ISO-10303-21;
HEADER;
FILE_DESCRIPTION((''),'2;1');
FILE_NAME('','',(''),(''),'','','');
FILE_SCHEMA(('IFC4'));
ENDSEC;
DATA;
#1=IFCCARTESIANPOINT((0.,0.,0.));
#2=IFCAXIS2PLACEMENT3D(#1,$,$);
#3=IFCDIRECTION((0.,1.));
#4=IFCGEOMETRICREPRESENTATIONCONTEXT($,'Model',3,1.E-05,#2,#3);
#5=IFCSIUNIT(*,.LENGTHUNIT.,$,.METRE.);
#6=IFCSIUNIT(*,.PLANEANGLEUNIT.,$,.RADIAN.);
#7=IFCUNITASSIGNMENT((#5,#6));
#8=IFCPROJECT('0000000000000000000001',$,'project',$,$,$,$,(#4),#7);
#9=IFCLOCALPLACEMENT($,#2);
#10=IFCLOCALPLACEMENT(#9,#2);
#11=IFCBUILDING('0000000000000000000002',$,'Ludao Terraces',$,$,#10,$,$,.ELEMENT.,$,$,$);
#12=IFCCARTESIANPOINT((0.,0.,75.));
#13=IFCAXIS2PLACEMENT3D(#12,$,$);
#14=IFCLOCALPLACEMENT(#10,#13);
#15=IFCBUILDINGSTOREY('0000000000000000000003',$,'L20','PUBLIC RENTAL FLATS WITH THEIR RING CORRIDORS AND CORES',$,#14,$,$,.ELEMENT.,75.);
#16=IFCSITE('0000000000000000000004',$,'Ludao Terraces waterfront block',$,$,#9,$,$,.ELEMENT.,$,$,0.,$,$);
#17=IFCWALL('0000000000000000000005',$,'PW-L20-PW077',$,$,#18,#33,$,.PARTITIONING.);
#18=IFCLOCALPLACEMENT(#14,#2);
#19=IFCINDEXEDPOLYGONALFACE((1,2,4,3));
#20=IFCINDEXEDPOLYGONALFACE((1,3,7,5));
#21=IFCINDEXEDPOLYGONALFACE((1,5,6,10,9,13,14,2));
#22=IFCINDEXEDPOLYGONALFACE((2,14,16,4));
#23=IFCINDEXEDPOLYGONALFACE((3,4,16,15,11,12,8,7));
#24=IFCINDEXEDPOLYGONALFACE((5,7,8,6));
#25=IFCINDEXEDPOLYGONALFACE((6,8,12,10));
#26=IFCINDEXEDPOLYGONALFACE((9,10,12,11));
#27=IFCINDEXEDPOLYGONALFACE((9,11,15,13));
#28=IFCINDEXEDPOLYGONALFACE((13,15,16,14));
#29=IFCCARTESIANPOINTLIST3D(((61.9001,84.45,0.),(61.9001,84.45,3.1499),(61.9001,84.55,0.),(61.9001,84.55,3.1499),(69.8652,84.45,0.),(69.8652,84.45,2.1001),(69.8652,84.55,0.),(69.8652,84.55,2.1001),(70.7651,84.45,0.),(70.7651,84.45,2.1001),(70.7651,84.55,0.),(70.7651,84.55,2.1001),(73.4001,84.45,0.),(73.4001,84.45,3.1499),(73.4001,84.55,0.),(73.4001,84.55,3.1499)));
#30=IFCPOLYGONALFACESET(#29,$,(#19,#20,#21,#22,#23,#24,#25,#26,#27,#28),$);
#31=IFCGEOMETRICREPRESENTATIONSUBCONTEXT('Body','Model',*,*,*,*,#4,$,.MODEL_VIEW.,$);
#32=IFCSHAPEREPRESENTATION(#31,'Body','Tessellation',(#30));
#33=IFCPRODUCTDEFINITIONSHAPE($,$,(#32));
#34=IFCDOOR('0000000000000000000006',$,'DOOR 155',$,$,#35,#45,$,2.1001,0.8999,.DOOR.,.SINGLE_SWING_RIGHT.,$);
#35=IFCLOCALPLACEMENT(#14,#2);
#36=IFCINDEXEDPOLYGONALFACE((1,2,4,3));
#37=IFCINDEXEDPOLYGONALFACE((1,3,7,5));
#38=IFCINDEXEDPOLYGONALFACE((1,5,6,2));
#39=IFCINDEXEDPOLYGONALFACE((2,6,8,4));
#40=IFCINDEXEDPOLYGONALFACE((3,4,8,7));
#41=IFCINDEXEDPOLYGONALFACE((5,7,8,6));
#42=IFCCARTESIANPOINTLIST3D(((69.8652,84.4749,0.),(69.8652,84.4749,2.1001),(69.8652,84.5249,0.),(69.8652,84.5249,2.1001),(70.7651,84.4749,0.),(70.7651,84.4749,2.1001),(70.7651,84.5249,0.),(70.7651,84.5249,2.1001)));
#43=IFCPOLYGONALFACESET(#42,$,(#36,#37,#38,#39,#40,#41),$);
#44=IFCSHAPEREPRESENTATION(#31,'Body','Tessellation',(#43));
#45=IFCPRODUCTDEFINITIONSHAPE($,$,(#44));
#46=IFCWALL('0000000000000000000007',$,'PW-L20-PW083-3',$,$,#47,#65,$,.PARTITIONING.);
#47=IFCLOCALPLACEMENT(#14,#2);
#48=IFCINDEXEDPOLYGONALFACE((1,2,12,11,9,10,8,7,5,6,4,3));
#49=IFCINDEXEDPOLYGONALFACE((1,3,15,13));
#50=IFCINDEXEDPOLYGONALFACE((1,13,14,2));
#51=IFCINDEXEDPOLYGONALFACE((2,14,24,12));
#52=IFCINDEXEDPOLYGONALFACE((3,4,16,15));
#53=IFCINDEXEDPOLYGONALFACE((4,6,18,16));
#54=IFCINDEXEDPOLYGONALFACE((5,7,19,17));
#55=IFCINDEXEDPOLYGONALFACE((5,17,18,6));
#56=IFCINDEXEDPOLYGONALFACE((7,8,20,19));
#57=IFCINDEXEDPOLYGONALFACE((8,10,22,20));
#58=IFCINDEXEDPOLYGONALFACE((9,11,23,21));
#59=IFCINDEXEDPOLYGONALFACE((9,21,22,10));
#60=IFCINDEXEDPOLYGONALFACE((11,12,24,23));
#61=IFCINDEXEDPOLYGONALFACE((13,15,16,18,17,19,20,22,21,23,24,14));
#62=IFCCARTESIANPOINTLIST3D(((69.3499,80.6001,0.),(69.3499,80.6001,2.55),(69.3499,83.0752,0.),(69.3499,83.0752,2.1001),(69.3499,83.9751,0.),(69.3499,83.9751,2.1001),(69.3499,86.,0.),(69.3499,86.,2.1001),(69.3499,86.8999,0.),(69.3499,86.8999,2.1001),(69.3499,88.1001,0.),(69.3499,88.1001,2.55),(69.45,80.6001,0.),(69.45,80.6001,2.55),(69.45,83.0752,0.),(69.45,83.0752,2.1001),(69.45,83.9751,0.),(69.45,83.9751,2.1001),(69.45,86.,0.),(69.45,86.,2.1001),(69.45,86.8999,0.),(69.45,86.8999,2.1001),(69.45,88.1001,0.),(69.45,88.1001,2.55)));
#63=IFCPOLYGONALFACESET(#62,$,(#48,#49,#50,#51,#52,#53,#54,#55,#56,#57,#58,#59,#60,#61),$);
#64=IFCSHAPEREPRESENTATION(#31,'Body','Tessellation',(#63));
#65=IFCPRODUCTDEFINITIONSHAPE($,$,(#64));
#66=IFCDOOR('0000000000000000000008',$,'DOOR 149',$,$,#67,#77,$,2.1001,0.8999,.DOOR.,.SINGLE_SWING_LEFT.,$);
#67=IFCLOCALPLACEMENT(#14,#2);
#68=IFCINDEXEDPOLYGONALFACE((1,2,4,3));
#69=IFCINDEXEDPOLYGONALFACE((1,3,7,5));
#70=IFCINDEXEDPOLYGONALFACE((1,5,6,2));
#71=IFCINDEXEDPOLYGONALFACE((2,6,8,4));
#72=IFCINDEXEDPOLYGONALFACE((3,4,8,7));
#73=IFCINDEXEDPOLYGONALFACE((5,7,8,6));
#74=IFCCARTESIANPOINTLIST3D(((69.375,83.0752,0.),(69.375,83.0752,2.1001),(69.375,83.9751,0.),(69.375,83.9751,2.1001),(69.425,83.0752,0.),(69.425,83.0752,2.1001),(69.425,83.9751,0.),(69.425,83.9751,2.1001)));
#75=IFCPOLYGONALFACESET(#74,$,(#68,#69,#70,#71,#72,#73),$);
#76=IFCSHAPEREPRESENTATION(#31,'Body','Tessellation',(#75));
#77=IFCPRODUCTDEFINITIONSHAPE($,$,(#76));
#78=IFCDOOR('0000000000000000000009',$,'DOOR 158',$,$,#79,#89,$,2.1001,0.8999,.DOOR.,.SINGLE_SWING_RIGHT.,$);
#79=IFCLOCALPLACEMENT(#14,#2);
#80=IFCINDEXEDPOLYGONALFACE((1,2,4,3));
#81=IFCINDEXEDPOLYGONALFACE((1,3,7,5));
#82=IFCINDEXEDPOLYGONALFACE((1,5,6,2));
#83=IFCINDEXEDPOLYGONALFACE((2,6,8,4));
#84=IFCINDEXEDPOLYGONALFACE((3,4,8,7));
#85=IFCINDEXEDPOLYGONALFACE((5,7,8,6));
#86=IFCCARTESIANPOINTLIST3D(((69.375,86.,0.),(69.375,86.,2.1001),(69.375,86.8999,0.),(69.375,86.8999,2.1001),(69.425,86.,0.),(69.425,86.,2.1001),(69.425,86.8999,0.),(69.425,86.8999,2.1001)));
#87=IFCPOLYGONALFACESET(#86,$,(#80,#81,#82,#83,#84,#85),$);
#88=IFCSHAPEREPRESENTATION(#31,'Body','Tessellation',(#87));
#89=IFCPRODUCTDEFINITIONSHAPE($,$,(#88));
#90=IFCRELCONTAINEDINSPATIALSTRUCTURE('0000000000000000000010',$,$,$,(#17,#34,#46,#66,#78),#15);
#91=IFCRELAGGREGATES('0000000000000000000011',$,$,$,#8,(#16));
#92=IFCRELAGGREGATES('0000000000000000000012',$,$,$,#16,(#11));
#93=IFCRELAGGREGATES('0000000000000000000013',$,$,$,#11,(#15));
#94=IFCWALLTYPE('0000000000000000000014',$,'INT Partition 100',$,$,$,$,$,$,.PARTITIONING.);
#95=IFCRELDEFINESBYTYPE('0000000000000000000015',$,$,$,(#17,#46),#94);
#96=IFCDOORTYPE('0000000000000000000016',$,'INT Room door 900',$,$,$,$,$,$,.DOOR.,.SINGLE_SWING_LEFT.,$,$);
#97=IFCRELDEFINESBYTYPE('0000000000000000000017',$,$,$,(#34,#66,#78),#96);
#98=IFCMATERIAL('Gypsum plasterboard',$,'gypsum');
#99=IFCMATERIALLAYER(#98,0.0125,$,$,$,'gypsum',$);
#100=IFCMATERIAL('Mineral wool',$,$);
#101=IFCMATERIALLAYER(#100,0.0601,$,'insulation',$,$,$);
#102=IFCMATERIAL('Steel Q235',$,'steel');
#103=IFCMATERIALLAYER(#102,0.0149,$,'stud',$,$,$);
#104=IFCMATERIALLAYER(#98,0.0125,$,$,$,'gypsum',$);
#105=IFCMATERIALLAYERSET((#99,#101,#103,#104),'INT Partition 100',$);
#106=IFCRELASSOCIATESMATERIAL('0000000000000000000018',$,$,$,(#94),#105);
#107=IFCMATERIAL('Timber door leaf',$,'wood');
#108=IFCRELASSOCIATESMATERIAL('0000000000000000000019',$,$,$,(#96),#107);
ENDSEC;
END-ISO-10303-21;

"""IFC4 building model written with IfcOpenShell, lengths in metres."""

from ifc_helpers import new_model, si_unit, direction, frame, frame_2d, origin, place, context, subcontext, project, spatial, rectangle, extrude, material, layer, layer_set, type_object, element, fill, save


model = new_model("IFC4")

# Units and contexts
model_context = context("Model", 3, precision=1e-05, world=origin(), true_north=direction((0.0, 1.0)))
body_context = subcontext(model_context, "Body", "Model", "MODEL_VIEW")
ifc_project = project(units=[si_unit("LENGTHUNIT", "METRE"), si_unit("PLANEANGLEUNIT", "RADIAN")], contexts=[model_context])

# Site, building, storey
site_placement = place(None, origin())
site = spatial("IfcSite", under=ifc_project, at=site_placement, Name="Ludao Terraces waterfront block", CompositionType="ELEMENT", RefElevation=0.0)
building_placement = place(site_placement, origin())
building = spatial("IfcBuilding", under=site, at=building_placement, Name="Ludao Terraces", CompositionType="ELEMENT")
storey_placement = place(building_placement, frame((0.0, 0.0, 75.0)))
storey = spatial("IfcBuildingStorey", under=building, at=storey_placement, Name="L20", Description="PUBLIC RENTAL FLATS WITH THEIR RING CORRIDORS AND CORES", CompositionType="ELEMENT", Elevation=75.0)

# Shared definitions
ifc_material_1 = material(Name="Mineral wool")

# Shared definitions
ifc_material_2 = material(Name="Gypsum plasterboard", Category="gypsum")
ifc_layer_1 = layer(ifc_material_2, 0.0125, Category="gypsum")
ifc_layer_2 = layer(ifc_material_1, 0.0601, Name="insulation")
ifc_material_3 = material(Name="Steel Q235", Category="steel")
ifc_layer_3 = layer(ifc_material_3, 0.0149, Name="stud")
ifc_layer_4 = layer(ifc_material_2, 0.0125, Category="gypsum")
ifc_layer_set_1 = layer_set([ifc_layer_1, ifc_layer_2, ifc_layer_3, ifc_layer_4], Name="INT Partition 100")
wall_type_1 = type_object("IfcWallType", Name="INT Partition 100", PredefinedType="PARTITIONING", material=ifc_layer_set_1)

# Wall, opening, door
wall_1_placement = place(storey_placement, frame((61.9001, 84.5, 0.0), z_axis=(0.0, 0.0, 1.0), x_axis=(1.0, 0.0, 0.0)))
wall_1 = element("IfcWall", 1, at=wall_1_placement, inside=storey, type_object=wall_type_1, Name="PW-L20-PW077", PredefinedType="PARTITIONING", context=body_context, shape_type="SweptSolid", body=[
    extrude(rectangle(XDim=11.5, YDim=0.1001, at=frame_2d((5.75, 0.0))), origin(), (0.0, 0.0, 1.0), 3.1499),
])
opening_1_placement = place(wall_1_placement, frame((7.9651, 0.0, 0.0)))
opening_1 = element("IfcOpeningElement", 2, at=opening_1_placement, cuts=wall_1, PredefinedType="OPENING", context=body_context, shape_type="SweptSolid", body=[
    extrude(rectangle(XDim=0.8999, YDim=2.1001, at=frame_2d((0.45, 1.05))), frame((0.0, 0.0601, 0.0), z_axis=(0.0, -1.0, 0.0), x_axis=(1.0, 0.0, 0.0)), (0.0, 0.0, 1.0), 0.1201),
])
ifc_material_4 = material(Name="Timber door leaf", Category="wood")
door_type = type_object("IfcDoorType", Name="INT Room door 900", OperationType="SINGLE_SWING_LEFT", PredefinedType="DOOR", material=ifc_material_4)
door_1_placement = place(opening_1_placement, origin())
door_1 = element("IfcDoor", 3, at=door_1_placement, inside=storey, type_object=door_type, Name="DOOR 155", OperationType="SINGLE_SWING_RIGHT", OverallHeight=2.1001, OverallWidth=0.8999, PredefinedType="DOOR", context=body_context, shape_type="SweptSolid", body=[
    extrude(rectangle(XDim=0.8999, YDim=2.1001, at=frame_2d((0.45, 1.05))), frame((0.0, 0.0249, 0.0), z_axis=(0.0, -1.0, 0.0), x_axis=(1.0, 0.0, 0.0)), (0.0, 0.0, 1.0), 0.05),
])
fill(opening_1, door_1)

# Wall, openings, doors
wall_2_placement = place(storey_placement, frame((69.3999, 80.6001, 0.0), z_axis=(0.0, 0.0, 1.0), x_axis=(0.0, 1.0, 0.0)))
wall_2 = element("IfcWall", 4, at=wall_2_placement, inside=storey, type_object=wall_type_1, Name="PW-L20-PW083-3", PredefinedType="PARTITIONING", context=body_context, shape_type="SweptSolid", body=[
    extrude(rectangle(XDim=7.5, YDim=0.1001, at=frame_2d((3.75, 0.0))), origin(), (0.0, 0.0, 1.0), 2.55),
])
opening_2_placement = place(wall_2_placement, frame((2.4751, 0.0, 0.0)))
opening_2 = element("IfcOpeningElement", 5, at=opening_2_placement, cuts=wall_2, PredefinedType="OPENING", context=body_context, shape_type="SweptSolid", body=[
    extrude(rectangle(XDim=0.8999, YDim=2.1001, at=frame_2d((0.45, 1.05))), frame((0.0, 0.0601, 0.0), z_axis=(0.0, -1.0, 0.0), x_axis=(1.0, 0.0, 0.0)), (0.0, 0.0, 1.0), 0.1201),
])
opening_3_placement = place(wall_2_placement, frame((5.3999, 0.0, 0.0)))
opening_3 = element("IfcOpeningElement", 6, at=opening_3_placement, cuts=wall_2, PredefinedType="OPENING", context=body_context, shape_type="SweptSolid", body=[
    extrude(rectangle(XDim=0.8999, YDim=2.1001, at=frame_2d((0.45, 1.05))), frame((0.0, 0.0601, 0.0), z_axis=(0.0, -1.0, 0.0), x_axis=(1.0, 0.0, 0.0)), (0.0, 0.0, 1.0), 0.1201),
])
door_2_placement = place(opening_2_placement, origin())
door_2 = element("IfcDoor", 7, at=door_2_placement, inside=storey, type_object=door_type, Name="DOOR 149", OperationType="SINGLE_SWING_LEFT", OverallHeight=2.1001, OverallWidth=0.8999, PredefinedType="DOOR", context=body_context, shape_type="SweptSolid", body=[
    extrude(rectangle(XDim=0.8999, YDim=2.1001, at=frame_2d((0.45, 1.05))), frame((0.0, 0.0249, 0.0), z_axis=(0.0, -1.0, 0.0), x_axis=(1.0, 0.0, 0.0)), (0.0, 0.0, 1.0), 0.05),
])
fill(opening_2, door_2)
door_3_placement = place(opening_3_placement, origin())
door_3 = element("IfcDoor", 8, at=door_3_placement, inside=storey, type_object=door_type, Name="DOOR 158", OperationType="SINGLE_SWING_RIGHT", OverallHeight=2.1001, OverallWidth=0.8999, PredefinedType="DOOR", context=body_context, shape_type="SweptSolid", body=[
    extrude(rectangle(XDim=0.8999, YDim=2.1001, at=frame_2d((0.45, 1.05))), frame((0.0, 0.0249, 0.0), z_axis=(0.0, -1.0, 0.0), x_axis=(1.0, 0.0, 0.0)), (0.0, 0.0, 1.0), 0.05),
])
fill(opening_3, door_3)

save(model, "model.ifc")
